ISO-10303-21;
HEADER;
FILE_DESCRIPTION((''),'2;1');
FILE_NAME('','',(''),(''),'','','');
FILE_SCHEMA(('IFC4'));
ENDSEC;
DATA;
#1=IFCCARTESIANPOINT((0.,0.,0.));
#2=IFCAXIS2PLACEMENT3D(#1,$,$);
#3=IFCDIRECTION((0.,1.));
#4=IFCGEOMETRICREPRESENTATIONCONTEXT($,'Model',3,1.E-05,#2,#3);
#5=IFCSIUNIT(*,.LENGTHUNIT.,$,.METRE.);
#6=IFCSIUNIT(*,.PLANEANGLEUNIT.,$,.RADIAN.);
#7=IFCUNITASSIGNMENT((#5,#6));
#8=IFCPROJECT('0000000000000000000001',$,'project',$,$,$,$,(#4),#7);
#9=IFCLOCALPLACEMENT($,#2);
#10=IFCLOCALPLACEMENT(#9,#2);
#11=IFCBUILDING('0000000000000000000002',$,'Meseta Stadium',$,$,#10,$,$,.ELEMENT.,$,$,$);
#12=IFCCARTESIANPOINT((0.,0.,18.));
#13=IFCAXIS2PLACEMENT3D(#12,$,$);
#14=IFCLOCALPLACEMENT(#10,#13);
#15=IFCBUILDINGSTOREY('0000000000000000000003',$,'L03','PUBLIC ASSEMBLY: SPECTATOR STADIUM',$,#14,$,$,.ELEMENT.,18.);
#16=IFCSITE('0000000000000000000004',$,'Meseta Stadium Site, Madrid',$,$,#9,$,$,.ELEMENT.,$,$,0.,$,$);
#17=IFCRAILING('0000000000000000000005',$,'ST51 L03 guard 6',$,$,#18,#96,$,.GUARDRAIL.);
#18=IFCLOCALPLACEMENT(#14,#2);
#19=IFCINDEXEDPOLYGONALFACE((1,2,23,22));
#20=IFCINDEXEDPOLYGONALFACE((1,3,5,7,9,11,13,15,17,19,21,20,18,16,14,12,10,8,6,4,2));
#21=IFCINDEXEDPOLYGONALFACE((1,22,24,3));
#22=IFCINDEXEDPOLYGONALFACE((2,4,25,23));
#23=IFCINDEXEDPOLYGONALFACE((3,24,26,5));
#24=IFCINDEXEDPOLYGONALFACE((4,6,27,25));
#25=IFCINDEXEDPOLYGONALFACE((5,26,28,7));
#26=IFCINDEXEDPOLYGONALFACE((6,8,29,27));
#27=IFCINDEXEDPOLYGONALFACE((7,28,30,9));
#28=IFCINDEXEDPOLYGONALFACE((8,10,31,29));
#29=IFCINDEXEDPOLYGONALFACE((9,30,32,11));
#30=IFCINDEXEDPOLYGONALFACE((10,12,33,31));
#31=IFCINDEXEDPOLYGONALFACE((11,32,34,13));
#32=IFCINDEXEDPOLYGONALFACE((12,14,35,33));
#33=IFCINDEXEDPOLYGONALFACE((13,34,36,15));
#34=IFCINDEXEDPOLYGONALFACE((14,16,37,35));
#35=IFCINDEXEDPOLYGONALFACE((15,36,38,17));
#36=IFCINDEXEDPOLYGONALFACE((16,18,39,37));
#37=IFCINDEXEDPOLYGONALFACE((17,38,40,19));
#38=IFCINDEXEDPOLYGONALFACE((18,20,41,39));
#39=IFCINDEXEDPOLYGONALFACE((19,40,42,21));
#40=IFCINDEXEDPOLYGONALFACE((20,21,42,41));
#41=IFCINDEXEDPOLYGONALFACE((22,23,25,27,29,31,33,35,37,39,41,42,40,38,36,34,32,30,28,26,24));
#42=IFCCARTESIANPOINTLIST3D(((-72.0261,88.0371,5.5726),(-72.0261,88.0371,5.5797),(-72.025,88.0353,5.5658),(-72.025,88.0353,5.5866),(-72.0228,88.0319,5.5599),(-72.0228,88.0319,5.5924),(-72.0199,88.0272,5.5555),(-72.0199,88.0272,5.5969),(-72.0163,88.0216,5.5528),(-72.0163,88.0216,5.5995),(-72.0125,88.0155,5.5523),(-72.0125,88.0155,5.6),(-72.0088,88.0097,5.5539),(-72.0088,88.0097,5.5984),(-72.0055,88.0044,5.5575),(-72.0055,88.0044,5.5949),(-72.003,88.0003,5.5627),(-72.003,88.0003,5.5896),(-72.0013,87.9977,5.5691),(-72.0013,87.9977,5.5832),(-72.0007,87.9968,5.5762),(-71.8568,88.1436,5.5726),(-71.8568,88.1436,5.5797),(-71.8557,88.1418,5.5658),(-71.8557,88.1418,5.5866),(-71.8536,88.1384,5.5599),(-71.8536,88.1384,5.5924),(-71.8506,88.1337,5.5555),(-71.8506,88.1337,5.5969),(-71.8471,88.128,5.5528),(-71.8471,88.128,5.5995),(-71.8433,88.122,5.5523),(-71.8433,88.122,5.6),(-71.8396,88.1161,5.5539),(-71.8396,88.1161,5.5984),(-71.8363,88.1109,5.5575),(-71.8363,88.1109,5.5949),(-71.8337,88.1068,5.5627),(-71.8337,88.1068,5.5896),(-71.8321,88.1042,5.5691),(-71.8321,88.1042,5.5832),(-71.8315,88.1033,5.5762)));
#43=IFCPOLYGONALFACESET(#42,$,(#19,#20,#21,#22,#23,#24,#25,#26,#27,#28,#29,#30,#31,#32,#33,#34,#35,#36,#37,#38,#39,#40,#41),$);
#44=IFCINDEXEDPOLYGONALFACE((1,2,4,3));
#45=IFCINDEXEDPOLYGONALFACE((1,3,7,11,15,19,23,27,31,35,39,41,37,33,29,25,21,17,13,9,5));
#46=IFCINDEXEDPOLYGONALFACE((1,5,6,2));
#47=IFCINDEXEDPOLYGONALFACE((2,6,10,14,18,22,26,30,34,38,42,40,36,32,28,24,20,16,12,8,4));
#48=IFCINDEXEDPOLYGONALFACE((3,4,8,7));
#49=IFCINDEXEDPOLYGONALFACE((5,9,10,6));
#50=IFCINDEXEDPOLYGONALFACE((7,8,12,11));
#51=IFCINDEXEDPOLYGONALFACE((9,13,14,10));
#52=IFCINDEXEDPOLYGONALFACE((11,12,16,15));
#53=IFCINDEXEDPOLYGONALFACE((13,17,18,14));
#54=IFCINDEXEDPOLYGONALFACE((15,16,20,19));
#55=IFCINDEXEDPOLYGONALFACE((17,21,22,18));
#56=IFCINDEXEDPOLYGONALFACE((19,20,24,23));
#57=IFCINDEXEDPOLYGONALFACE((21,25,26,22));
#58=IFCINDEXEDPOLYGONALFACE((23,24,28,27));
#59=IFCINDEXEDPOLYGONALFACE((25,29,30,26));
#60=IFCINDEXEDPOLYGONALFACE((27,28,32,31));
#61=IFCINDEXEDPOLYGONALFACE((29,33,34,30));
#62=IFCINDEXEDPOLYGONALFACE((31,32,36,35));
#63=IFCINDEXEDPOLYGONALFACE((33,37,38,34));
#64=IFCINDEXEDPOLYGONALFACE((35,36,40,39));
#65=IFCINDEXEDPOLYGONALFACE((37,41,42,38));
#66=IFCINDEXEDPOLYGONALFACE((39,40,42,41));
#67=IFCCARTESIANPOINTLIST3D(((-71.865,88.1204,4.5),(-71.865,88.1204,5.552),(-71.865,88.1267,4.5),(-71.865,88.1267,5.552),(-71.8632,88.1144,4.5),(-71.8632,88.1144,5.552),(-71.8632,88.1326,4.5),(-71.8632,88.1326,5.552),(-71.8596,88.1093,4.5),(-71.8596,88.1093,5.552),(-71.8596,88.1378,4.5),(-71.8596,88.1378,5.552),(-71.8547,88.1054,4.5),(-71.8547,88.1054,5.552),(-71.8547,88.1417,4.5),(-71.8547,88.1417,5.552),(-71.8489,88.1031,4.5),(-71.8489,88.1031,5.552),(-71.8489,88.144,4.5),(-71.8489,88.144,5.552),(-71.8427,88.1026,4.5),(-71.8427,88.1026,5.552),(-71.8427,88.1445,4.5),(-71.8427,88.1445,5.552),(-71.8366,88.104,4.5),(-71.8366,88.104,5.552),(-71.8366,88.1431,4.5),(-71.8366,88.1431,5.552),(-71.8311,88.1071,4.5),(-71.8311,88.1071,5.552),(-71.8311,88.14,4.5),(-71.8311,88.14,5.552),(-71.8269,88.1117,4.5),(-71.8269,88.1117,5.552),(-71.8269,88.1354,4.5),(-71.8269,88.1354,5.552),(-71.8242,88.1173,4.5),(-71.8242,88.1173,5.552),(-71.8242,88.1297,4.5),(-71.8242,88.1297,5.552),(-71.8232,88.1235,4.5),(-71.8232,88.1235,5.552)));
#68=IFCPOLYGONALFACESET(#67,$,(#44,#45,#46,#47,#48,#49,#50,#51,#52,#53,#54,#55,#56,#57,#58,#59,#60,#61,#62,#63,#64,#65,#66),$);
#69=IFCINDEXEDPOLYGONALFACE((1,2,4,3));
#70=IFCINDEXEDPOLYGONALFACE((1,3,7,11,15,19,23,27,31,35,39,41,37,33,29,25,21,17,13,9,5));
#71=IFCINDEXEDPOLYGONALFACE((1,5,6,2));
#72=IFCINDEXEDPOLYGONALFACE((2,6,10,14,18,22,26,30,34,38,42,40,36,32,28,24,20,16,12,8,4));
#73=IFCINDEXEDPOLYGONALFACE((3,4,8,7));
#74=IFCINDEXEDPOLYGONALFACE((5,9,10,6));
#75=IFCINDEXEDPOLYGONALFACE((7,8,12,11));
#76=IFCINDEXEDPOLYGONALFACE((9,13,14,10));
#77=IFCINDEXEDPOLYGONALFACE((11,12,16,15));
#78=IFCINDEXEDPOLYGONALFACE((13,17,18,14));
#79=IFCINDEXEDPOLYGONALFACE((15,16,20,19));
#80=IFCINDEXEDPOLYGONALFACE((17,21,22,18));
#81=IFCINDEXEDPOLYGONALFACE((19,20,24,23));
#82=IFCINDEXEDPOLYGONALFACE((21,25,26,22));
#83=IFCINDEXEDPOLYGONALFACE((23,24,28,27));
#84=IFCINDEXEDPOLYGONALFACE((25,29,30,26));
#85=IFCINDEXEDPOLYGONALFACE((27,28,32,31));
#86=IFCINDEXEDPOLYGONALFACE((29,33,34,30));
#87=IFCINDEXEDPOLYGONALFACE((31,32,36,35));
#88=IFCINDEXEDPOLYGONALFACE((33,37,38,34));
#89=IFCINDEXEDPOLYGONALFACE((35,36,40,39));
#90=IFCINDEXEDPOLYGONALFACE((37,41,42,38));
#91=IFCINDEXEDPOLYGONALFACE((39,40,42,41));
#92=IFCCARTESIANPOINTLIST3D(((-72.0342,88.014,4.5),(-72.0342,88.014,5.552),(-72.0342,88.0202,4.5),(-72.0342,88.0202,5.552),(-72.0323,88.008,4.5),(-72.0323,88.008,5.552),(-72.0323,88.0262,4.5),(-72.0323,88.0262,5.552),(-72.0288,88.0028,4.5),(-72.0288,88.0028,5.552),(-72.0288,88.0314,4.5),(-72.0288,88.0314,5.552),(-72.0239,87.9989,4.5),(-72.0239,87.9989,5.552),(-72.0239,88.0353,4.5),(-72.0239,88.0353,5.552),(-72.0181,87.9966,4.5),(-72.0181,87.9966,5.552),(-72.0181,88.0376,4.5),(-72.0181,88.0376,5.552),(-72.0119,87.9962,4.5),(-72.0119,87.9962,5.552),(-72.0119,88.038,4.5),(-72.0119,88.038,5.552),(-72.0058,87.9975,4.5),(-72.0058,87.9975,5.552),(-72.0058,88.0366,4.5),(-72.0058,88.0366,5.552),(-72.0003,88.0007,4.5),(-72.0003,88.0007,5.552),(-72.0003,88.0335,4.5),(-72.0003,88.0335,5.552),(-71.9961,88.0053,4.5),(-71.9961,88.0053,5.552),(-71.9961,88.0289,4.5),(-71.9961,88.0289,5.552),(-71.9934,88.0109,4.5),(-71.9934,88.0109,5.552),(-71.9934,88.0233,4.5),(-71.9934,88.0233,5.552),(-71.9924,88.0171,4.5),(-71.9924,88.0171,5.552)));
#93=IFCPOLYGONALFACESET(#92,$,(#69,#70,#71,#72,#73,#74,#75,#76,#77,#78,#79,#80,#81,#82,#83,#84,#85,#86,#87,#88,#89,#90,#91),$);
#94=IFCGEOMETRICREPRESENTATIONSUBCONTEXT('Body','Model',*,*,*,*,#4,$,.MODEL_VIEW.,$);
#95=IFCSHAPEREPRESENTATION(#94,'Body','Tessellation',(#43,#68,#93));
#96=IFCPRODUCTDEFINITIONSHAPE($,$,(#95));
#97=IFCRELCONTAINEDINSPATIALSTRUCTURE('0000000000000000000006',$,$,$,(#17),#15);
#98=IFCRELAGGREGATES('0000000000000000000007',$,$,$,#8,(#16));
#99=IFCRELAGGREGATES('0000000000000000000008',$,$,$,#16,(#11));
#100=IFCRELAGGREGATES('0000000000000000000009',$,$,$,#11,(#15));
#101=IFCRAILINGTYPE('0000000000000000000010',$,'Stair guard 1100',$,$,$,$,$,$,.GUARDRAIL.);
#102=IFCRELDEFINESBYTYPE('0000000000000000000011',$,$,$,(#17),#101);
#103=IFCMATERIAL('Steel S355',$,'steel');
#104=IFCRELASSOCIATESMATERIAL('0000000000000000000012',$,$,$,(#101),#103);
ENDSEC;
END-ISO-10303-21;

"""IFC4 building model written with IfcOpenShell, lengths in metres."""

from ifc_helpers import new_model, si_unit, direction, frame, origin, origin_2d, place, context, subcontext, project, spatial, circle, extrude, material, type_object, element, save


model = new_model("IFC4")

# Units and contexts
model_context = context("Model", 3, precision=1e-05, world=origin(), true_north=direction((0.0, 1.0)))
body_context = subcontext(model_context, "Body", "Model", "MODEL_VIEW")
ifc_project = project(units=[si_unit("LENGTHUNIT", "METRE"), si_unit("PLANEANGLEUNIT", "RADIAN")], contexts=[model_context])

# Site, building, storey
site_placement = place(None, origin())
site = spatial("IfcSite", under=ifc_project, at=site_placement, Name="Meseta Stadium Site, Madrid", CompositionType="ELEMENT", RefElevation=0.0)
building_placement = place(site_placement, origin())
building = spatial("IfcBuilding", under=site, at=building_placement, Name="Meseta Stadium", CompositionType="ELEMENT")
storey_placement = place(building_placement, frame((0.0, 0.0, 18.0)))
storey = spatial("IfcBuildingStorey", under=building, at=storey_placement, Name="L03", Description="PUBLIC ASSEMBLY: SPECTATOR STADIUM", CompositionType="ELEMENT", Elevation=18.0)

# Railing
ifc_material_1 = material(Name="Steel S355", Category="steel")
railing_type_1 = type_object("IfcRailingType", Name="Stair guard 1100", PredefinedType="GUARDRAIL", material=ifc_material_1)
railing_1_placement = place(storey_placement, frame((-71.8442, 88.1235, 4.5)))
element("IfcRailing", 1, at=railing_1_placement, inside=storey, type_object=railing_type_1, Name="ST51 L03 guard 6", PredefinedType="GUARDRAIL", context=body_context, shape_type="SweptSolid", body=[
    extrude(circle(Radius=0.0239, at=origin_2d()), frame((0.0, 0.0, 1.0762), z_axis=(-0.846416, -0.532522, 0.0), x_axis=(0.532522, -0.846416, 0.0)), (0.0, 0.0, 1.0), 0.2),
    extrude(circle(Radius=0.021, at=origin_2d()), origin(), (0.0, 0.0, 1.0), 1.052),
    extrude(circle(Radius=0.021, at=origin_2d()), frame((-0.1692, -0.1064, 0.0)), (0.0, 0.0, 1.0), 1.052),
])

save(model, "model.ifc")
